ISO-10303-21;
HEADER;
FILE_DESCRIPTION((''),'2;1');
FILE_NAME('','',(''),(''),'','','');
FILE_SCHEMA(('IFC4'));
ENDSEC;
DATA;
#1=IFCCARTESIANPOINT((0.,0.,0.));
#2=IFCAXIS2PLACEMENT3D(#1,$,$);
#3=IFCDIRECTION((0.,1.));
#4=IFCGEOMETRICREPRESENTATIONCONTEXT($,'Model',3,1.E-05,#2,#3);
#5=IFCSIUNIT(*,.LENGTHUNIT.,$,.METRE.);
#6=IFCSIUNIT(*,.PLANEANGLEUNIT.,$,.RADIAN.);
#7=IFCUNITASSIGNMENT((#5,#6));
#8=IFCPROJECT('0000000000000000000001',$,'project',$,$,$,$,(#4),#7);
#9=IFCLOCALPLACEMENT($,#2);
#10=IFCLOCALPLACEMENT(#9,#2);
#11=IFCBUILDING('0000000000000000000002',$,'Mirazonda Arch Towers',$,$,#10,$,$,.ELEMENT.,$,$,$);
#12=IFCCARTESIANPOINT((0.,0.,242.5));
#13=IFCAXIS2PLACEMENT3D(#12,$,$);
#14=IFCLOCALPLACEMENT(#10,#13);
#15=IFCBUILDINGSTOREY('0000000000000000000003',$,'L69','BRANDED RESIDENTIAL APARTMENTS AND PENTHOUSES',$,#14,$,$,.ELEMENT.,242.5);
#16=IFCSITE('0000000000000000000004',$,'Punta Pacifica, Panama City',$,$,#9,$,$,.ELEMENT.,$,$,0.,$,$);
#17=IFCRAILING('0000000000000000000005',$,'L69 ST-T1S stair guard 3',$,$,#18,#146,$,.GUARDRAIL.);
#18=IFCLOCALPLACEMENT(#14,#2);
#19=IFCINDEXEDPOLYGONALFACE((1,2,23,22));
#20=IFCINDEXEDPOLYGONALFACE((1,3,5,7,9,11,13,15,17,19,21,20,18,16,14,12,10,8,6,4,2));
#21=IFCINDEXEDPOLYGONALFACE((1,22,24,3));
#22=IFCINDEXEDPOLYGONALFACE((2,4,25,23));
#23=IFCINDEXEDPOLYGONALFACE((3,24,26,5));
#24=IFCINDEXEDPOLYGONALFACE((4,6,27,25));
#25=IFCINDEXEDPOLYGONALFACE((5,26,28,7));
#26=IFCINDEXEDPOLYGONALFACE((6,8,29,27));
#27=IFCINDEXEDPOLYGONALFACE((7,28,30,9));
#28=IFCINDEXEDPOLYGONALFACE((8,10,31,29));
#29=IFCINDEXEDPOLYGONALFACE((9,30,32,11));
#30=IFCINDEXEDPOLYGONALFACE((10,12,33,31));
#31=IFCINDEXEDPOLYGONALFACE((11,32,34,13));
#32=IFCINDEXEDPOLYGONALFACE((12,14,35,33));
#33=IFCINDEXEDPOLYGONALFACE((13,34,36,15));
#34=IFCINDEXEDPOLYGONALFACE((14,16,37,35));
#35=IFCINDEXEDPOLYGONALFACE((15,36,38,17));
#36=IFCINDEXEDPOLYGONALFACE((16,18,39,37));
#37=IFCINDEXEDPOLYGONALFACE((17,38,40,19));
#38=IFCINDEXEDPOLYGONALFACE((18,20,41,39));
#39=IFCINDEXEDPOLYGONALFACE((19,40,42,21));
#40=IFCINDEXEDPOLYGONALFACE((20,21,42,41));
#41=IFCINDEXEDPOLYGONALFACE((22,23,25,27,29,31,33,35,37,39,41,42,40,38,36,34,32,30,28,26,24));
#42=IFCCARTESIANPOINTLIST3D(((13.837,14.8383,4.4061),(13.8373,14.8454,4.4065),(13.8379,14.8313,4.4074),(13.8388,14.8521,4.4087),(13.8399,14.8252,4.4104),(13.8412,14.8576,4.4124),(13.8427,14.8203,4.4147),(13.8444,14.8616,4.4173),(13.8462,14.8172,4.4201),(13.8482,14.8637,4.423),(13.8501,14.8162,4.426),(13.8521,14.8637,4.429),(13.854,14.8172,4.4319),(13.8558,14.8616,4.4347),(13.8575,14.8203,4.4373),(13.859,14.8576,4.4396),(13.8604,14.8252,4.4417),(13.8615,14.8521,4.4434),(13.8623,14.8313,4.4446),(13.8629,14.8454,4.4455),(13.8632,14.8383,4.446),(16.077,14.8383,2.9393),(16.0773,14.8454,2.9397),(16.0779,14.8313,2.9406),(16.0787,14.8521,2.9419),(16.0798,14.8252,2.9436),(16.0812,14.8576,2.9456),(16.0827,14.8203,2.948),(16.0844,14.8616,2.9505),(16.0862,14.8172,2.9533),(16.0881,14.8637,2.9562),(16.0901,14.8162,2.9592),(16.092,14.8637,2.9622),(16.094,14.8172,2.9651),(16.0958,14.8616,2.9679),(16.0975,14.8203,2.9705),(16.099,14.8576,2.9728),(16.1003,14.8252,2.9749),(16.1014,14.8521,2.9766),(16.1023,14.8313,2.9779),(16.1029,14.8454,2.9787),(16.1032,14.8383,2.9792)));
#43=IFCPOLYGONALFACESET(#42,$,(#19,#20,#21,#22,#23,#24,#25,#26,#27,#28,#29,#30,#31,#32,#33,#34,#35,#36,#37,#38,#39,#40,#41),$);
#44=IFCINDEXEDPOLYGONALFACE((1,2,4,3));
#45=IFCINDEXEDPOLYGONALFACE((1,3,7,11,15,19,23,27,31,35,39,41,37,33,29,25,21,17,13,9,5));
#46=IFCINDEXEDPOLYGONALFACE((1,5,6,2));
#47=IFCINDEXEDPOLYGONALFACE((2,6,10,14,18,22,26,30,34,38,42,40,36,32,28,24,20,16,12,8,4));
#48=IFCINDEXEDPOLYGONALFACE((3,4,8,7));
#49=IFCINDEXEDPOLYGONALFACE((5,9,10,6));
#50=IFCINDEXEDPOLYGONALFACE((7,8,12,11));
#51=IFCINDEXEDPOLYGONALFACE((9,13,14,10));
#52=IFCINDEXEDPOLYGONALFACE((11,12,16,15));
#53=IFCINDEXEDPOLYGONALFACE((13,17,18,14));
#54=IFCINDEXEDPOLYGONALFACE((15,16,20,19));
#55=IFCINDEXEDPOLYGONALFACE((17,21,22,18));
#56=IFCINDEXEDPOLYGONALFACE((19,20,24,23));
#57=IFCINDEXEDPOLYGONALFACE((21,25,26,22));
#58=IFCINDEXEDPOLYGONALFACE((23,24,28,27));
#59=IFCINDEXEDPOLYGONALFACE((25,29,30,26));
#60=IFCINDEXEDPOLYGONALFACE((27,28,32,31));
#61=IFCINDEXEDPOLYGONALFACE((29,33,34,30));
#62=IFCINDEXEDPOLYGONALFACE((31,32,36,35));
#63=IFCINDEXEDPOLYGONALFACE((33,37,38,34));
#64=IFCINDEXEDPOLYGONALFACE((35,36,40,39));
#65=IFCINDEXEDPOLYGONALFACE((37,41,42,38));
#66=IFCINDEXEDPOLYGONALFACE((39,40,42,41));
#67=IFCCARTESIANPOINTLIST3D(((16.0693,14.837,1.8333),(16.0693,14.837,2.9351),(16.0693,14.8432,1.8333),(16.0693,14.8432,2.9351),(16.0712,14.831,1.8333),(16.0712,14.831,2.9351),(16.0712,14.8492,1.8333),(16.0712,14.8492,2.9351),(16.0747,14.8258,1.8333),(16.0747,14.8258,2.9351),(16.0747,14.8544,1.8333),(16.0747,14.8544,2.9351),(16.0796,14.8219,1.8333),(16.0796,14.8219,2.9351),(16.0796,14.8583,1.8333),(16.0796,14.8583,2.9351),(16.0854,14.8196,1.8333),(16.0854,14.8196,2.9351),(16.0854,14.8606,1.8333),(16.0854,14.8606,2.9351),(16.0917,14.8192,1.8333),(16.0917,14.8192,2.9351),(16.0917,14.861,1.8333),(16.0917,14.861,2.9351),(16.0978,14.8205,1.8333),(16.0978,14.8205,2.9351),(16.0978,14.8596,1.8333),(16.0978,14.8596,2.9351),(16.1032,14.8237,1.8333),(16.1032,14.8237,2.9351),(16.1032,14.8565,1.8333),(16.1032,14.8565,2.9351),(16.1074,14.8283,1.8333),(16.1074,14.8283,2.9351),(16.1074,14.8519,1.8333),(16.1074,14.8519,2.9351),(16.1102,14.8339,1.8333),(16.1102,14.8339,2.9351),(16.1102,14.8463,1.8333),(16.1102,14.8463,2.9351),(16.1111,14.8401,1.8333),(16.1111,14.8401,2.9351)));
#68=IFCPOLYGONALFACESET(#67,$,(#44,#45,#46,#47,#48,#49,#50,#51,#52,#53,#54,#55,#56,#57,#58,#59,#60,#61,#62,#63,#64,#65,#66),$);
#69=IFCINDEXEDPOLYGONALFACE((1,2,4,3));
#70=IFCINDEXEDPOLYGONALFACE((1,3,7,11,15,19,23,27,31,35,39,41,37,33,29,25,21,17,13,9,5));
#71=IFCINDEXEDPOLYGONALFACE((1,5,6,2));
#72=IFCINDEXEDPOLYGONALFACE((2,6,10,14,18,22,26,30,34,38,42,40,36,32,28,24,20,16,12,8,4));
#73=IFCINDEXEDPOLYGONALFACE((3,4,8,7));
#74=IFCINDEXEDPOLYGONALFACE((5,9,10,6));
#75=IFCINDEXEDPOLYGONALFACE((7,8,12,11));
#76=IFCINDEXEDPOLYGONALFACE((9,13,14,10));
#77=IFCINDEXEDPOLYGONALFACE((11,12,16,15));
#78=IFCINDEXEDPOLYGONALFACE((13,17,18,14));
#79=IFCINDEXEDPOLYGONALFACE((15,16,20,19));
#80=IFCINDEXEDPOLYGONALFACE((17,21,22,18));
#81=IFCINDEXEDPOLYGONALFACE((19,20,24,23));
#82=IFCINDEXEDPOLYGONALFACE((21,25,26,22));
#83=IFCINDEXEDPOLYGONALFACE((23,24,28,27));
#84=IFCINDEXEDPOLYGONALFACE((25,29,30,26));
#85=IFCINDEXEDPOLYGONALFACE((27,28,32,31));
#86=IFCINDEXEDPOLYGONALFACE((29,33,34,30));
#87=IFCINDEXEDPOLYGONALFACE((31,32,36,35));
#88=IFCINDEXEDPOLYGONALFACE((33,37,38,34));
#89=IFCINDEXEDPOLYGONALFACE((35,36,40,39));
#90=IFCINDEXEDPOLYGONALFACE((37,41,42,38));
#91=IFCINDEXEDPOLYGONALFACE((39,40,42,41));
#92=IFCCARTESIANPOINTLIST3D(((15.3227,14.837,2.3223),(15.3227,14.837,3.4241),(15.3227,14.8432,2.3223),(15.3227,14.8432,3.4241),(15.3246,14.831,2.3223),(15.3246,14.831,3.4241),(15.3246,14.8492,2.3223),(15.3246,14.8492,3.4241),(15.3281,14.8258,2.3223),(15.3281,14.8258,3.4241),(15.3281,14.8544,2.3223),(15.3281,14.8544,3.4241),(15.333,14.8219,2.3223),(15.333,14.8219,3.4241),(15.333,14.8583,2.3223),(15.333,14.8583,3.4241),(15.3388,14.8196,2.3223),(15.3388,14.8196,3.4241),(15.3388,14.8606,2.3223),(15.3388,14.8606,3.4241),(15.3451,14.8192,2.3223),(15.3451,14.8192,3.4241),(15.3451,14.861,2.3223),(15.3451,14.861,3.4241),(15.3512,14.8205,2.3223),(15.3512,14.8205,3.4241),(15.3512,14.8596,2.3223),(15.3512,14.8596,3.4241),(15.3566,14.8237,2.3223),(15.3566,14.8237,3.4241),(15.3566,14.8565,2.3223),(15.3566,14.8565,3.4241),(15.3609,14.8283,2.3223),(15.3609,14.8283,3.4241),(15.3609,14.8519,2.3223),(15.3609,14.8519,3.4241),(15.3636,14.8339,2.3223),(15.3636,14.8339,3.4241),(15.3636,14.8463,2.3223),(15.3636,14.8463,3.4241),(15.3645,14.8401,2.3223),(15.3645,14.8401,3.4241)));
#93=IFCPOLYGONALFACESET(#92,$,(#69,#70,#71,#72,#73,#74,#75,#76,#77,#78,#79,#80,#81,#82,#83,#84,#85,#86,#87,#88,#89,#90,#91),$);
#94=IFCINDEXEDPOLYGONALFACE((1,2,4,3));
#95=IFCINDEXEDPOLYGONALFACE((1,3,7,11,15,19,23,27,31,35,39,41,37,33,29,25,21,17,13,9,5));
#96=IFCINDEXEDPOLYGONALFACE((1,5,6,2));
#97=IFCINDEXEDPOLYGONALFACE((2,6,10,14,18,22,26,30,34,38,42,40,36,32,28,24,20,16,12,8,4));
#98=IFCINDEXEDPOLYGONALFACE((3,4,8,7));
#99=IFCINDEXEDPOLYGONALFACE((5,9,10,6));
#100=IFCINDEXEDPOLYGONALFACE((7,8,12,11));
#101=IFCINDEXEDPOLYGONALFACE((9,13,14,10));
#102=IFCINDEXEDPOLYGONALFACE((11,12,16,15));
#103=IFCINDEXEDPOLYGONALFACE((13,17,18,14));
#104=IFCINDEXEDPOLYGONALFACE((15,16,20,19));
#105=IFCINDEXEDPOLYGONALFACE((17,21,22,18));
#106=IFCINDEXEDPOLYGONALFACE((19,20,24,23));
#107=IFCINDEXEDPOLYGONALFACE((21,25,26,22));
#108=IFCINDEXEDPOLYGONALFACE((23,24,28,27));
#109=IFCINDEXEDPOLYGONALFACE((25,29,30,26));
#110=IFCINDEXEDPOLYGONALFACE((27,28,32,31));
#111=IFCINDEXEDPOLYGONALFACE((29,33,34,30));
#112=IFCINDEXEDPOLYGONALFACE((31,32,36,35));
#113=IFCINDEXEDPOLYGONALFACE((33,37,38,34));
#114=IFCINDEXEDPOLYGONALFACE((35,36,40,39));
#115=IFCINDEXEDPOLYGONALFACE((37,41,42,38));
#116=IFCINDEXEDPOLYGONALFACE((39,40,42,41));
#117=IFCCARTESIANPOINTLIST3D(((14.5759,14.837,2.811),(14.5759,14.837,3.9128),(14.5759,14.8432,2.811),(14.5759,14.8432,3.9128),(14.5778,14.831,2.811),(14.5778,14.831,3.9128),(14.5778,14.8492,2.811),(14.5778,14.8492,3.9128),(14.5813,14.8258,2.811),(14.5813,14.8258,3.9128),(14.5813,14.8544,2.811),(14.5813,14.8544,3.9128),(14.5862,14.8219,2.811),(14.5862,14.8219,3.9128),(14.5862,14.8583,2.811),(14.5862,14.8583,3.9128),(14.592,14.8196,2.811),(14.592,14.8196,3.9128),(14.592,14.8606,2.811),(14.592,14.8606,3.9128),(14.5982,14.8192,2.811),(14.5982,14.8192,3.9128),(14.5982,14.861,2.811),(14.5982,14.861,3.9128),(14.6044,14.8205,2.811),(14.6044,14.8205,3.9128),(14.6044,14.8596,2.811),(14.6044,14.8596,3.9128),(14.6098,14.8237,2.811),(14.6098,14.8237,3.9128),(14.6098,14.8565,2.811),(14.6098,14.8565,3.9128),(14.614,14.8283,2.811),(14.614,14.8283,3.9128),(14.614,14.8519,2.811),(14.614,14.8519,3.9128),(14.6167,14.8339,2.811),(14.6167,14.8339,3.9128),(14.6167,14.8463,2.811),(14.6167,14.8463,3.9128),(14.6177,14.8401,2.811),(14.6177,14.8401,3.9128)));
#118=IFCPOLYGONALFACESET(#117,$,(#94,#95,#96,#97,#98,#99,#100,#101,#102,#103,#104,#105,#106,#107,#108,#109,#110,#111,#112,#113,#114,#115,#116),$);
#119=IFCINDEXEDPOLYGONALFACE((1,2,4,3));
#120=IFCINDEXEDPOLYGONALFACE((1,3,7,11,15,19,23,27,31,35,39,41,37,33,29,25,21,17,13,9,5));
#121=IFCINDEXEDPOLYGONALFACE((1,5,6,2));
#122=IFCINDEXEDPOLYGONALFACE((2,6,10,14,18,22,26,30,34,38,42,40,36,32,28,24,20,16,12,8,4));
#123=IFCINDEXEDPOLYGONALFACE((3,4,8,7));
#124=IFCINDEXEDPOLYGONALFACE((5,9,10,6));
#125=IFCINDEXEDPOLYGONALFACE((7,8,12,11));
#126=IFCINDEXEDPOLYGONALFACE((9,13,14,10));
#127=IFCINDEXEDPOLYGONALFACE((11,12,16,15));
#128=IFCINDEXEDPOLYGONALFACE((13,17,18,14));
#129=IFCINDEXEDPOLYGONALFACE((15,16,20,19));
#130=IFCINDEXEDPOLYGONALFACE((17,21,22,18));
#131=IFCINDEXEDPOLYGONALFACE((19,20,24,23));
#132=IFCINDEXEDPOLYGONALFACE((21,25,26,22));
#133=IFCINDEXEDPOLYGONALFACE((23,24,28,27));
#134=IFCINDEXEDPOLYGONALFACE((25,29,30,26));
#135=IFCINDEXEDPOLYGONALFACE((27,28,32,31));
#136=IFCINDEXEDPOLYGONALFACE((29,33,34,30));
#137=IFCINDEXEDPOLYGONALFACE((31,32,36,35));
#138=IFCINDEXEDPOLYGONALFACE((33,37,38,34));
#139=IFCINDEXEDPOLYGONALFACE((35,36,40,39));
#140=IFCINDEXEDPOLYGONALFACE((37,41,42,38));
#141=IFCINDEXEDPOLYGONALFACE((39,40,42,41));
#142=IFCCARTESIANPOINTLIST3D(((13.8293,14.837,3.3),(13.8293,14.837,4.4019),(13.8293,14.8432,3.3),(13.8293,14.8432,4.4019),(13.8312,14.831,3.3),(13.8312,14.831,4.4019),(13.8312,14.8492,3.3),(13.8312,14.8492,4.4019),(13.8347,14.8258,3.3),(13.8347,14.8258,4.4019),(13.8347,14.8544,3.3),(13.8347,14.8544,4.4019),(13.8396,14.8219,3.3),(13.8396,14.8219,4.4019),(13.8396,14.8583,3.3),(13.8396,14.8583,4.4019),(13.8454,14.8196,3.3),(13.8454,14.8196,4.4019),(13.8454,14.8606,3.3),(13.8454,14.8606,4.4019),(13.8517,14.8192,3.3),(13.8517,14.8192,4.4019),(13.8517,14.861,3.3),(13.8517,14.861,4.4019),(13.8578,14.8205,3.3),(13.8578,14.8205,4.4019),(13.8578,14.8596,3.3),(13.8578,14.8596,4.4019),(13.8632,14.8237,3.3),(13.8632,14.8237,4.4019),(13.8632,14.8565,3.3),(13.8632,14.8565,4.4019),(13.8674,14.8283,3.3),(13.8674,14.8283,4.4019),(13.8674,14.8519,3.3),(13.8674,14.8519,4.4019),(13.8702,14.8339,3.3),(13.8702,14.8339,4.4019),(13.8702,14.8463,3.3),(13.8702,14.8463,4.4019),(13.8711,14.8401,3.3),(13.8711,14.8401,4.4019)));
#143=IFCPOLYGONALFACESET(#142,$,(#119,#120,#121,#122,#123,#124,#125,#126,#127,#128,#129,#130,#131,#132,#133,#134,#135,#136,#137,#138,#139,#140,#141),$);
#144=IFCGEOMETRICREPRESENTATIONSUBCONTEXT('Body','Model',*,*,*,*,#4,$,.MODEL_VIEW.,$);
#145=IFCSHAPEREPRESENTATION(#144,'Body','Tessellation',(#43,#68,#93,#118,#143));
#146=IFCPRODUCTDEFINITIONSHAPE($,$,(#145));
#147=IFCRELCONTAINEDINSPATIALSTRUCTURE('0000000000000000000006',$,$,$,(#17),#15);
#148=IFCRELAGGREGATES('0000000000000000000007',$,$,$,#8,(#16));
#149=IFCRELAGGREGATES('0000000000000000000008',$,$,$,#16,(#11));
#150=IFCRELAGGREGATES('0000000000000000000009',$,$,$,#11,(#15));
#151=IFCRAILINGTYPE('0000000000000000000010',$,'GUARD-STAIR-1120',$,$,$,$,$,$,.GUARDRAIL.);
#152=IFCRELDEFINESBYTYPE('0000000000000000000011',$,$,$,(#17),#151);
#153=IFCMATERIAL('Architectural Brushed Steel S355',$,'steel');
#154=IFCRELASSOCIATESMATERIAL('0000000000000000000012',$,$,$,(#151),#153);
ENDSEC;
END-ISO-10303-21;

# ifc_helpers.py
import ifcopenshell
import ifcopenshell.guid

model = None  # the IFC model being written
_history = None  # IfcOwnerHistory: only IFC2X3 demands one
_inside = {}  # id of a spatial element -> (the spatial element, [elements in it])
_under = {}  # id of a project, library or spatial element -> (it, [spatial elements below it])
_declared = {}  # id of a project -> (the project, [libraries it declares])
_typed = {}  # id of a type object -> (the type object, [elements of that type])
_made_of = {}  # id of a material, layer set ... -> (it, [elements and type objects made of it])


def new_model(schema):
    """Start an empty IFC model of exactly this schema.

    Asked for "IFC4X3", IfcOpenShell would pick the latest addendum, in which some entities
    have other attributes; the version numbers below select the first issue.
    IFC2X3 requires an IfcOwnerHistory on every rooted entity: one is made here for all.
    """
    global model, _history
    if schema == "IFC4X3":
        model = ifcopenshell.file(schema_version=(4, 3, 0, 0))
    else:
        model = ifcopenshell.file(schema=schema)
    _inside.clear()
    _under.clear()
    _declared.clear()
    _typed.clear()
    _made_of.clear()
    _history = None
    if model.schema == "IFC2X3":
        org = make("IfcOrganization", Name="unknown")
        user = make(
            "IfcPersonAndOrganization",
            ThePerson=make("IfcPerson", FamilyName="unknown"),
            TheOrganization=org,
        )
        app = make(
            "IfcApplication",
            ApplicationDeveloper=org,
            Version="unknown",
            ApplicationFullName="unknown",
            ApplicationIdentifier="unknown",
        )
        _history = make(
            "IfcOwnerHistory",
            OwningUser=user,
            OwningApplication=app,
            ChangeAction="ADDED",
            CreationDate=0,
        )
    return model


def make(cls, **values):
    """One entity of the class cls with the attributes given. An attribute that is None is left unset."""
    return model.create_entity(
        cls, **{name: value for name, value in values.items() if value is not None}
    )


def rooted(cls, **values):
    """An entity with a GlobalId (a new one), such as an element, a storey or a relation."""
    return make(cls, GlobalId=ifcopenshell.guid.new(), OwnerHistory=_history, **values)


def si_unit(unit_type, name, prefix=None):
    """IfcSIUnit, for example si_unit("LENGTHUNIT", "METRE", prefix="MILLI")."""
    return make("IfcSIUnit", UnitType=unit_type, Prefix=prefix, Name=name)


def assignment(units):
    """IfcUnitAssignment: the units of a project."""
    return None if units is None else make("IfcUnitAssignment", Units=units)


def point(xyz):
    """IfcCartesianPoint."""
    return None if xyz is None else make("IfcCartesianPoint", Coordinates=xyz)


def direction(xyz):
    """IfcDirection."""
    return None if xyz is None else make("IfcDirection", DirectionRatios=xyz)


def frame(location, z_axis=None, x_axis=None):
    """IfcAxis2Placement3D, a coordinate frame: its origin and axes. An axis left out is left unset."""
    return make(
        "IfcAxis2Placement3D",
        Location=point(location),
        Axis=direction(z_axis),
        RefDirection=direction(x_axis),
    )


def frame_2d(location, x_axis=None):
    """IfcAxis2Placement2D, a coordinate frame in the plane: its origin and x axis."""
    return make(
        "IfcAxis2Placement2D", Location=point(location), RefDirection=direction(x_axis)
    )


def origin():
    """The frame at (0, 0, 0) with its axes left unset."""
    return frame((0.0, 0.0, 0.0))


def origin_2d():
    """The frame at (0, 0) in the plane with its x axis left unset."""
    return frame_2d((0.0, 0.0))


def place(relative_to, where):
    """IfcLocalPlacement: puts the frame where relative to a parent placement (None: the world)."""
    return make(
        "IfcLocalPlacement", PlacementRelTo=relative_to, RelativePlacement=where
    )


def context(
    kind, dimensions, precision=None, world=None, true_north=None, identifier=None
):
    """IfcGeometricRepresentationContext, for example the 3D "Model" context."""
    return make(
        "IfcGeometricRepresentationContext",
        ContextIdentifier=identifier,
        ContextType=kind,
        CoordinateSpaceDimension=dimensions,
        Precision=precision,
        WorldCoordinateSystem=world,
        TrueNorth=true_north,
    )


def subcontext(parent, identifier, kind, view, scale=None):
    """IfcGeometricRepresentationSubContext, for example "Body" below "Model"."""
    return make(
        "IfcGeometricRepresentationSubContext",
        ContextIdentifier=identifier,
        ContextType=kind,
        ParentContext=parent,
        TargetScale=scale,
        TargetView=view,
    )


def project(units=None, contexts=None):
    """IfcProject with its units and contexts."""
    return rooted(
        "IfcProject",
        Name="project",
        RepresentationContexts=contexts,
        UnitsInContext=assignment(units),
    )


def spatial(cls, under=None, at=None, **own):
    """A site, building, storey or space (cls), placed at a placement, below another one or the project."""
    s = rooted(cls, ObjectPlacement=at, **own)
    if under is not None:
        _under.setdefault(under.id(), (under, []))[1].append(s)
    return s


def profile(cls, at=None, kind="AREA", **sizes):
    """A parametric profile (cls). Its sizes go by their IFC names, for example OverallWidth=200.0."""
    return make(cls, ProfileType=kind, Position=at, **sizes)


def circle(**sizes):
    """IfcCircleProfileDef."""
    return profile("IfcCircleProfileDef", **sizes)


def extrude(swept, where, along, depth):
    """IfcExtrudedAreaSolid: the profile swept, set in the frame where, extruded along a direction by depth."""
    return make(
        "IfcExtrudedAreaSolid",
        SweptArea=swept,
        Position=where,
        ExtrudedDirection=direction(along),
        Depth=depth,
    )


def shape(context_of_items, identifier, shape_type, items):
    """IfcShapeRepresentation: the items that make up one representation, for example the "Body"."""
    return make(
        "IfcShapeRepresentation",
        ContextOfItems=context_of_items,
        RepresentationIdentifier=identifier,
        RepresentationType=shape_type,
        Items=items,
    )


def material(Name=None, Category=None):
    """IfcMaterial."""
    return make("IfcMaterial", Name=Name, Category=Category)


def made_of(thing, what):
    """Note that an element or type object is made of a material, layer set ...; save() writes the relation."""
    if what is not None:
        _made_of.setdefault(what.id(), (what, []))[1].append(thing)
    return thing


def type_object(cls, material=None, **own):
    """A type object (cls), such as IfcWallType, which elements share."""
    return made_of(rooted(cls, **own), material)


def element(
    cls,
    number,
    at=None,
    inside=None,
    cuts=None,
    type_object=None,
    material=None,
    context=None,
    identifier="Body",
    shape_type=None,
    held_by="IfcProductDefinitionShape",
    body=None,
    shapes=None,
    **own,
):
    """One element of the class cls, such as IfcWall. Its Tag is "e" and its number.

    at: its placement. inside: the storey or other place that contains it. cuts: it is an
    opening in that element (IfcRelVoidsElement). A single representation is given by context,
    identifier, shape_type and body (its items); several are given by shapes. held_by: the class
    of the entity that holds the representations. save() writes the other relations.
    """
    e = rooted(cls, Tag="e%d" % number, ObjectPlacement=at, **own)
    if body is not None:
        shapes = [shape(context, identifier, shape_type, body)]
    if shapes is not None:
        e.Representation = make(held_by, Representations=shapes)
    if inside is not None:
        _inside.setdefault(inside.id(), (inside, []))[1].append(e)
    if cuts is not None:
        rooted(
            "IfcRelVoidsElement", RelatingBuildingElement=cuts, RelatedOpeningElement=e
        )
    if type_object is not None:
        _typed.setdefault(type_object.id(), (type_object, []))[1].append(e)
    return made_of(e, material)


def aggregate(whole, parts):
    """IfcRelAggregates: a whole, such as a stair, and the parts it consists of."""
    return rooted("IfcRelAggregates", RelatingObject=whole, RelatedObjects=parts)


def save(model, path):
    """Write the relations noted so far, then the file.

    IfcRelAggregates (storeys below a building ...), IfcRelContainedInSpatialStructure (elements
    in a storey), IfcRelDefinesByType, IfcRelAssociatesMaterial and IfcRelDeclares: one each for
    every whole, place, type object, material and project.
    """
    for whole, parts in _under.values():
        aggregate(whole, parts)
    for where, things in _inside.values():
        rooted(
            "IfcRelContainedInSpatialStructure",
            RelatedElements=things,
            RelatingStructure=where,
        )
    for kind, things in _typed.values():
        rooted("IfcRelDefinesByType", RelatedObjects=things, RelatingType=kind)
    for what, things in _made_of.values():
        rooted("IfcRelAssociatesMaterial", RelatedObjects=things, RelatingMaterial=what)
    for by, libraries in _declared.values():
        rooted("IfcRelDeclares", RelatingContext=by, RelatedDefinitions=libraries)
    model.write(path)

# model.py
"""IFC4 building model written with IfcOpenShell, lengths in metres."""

from ifc_helpers import new_model, si_unit, direction, frame, origin, origin_2d, place, context, subcontext, project, spatial, circle, extrude, material, type_object, element, save


model = new_model("IFC4")

# Units and contexts
model_context = context("Model", 3, precision=1e-05, world=origin(), true_north=direction((0.0, 1.0)))
body_context = subcontext(model_context, "Body", "Model", "MODEL_VIEW")
ifc_project = project(units=[si_unit("LENGTHUNIT", "METRE"), si_unit("PLANEANGLEUNIT", "RADIAN")], contexts=[model_context])

# Site, building, storey
site_placement = place(None, origin())
site = spatial("IfcSite", under=ifc_project, at=site_placement, Name="Punta Pacifica, Panama City", CompositionType="ELEMENT", RefElevation=0.0)
building_placement = place(site_placement, origin())
building = spatial("IfcBuilding", under=site, at=building_placement, Name="Mirazonda Arch Towers", CompositionType="ELEMENT")
storey_placement = place(building_placement, frame((0.0, 0.0, 242.5)))
storey = spatial("IfcBuildingStorey", under=building, at=storey_placement, Name="L69", Description="BRANDED RESIDENTIAL APARTMENTS AND PENTHOUSES", CompositionType="ELEMENT", Elevation=242.5)

# Railing
ifc_material_1 = material(Name="Architectural Brushed Steel S355", Category="steel")
railing_type_1 = type_object("IfcRailingType", Name="GUARD-STAIR-1120", PredefinedType="GUARDRAIL", material=ifc_material_1)
railing_1_placement = place(storey_placement, frame((16.0901, 14.8401, 1.8333)))
element("IfcRailing", 1, at=railing_1_placement, inside=storey, type_object=railing_type_1, Name="L69 ST-T1S stair guard 3", PredefinedType="GUARDRAIL", context=body_context, shape_type="SweptSolid", body=[
    extrude(circle(Radius=0.0239, at=origin_2d()), frame((0.0, 0.0, 1.126), z_axis=(-0.836595, 0.0, 0.547822), x_axis=(0.0, -1.0, 0.0)), (0.0, 0.0, 1.0), 2.6775),
    extrude(circle(Radius=0.021, at=origin_2d()), origin(), (0.0, 0.0, 1.0), 1.1018),
    extrude(circle(Radius=0.021, at=origin_2d()), frame((-0.7466, 0.0, 0.489)), (0.0, 0.0, 1.0), 1.1018),
    extrude(circle(Radius=0.021, at=origin_2d()), frame((-1.4934, 0.0, 0.9778)), (0.0, 0.0, 1.0), 1.1018),
    extrude(circle(Radius=0.021, at=origin_2d()), frame((-2.24, 0.0, 1.4668)), (0.0, 0.0, 1.0), 1.1018),
])

save(model, "model.ifc")
